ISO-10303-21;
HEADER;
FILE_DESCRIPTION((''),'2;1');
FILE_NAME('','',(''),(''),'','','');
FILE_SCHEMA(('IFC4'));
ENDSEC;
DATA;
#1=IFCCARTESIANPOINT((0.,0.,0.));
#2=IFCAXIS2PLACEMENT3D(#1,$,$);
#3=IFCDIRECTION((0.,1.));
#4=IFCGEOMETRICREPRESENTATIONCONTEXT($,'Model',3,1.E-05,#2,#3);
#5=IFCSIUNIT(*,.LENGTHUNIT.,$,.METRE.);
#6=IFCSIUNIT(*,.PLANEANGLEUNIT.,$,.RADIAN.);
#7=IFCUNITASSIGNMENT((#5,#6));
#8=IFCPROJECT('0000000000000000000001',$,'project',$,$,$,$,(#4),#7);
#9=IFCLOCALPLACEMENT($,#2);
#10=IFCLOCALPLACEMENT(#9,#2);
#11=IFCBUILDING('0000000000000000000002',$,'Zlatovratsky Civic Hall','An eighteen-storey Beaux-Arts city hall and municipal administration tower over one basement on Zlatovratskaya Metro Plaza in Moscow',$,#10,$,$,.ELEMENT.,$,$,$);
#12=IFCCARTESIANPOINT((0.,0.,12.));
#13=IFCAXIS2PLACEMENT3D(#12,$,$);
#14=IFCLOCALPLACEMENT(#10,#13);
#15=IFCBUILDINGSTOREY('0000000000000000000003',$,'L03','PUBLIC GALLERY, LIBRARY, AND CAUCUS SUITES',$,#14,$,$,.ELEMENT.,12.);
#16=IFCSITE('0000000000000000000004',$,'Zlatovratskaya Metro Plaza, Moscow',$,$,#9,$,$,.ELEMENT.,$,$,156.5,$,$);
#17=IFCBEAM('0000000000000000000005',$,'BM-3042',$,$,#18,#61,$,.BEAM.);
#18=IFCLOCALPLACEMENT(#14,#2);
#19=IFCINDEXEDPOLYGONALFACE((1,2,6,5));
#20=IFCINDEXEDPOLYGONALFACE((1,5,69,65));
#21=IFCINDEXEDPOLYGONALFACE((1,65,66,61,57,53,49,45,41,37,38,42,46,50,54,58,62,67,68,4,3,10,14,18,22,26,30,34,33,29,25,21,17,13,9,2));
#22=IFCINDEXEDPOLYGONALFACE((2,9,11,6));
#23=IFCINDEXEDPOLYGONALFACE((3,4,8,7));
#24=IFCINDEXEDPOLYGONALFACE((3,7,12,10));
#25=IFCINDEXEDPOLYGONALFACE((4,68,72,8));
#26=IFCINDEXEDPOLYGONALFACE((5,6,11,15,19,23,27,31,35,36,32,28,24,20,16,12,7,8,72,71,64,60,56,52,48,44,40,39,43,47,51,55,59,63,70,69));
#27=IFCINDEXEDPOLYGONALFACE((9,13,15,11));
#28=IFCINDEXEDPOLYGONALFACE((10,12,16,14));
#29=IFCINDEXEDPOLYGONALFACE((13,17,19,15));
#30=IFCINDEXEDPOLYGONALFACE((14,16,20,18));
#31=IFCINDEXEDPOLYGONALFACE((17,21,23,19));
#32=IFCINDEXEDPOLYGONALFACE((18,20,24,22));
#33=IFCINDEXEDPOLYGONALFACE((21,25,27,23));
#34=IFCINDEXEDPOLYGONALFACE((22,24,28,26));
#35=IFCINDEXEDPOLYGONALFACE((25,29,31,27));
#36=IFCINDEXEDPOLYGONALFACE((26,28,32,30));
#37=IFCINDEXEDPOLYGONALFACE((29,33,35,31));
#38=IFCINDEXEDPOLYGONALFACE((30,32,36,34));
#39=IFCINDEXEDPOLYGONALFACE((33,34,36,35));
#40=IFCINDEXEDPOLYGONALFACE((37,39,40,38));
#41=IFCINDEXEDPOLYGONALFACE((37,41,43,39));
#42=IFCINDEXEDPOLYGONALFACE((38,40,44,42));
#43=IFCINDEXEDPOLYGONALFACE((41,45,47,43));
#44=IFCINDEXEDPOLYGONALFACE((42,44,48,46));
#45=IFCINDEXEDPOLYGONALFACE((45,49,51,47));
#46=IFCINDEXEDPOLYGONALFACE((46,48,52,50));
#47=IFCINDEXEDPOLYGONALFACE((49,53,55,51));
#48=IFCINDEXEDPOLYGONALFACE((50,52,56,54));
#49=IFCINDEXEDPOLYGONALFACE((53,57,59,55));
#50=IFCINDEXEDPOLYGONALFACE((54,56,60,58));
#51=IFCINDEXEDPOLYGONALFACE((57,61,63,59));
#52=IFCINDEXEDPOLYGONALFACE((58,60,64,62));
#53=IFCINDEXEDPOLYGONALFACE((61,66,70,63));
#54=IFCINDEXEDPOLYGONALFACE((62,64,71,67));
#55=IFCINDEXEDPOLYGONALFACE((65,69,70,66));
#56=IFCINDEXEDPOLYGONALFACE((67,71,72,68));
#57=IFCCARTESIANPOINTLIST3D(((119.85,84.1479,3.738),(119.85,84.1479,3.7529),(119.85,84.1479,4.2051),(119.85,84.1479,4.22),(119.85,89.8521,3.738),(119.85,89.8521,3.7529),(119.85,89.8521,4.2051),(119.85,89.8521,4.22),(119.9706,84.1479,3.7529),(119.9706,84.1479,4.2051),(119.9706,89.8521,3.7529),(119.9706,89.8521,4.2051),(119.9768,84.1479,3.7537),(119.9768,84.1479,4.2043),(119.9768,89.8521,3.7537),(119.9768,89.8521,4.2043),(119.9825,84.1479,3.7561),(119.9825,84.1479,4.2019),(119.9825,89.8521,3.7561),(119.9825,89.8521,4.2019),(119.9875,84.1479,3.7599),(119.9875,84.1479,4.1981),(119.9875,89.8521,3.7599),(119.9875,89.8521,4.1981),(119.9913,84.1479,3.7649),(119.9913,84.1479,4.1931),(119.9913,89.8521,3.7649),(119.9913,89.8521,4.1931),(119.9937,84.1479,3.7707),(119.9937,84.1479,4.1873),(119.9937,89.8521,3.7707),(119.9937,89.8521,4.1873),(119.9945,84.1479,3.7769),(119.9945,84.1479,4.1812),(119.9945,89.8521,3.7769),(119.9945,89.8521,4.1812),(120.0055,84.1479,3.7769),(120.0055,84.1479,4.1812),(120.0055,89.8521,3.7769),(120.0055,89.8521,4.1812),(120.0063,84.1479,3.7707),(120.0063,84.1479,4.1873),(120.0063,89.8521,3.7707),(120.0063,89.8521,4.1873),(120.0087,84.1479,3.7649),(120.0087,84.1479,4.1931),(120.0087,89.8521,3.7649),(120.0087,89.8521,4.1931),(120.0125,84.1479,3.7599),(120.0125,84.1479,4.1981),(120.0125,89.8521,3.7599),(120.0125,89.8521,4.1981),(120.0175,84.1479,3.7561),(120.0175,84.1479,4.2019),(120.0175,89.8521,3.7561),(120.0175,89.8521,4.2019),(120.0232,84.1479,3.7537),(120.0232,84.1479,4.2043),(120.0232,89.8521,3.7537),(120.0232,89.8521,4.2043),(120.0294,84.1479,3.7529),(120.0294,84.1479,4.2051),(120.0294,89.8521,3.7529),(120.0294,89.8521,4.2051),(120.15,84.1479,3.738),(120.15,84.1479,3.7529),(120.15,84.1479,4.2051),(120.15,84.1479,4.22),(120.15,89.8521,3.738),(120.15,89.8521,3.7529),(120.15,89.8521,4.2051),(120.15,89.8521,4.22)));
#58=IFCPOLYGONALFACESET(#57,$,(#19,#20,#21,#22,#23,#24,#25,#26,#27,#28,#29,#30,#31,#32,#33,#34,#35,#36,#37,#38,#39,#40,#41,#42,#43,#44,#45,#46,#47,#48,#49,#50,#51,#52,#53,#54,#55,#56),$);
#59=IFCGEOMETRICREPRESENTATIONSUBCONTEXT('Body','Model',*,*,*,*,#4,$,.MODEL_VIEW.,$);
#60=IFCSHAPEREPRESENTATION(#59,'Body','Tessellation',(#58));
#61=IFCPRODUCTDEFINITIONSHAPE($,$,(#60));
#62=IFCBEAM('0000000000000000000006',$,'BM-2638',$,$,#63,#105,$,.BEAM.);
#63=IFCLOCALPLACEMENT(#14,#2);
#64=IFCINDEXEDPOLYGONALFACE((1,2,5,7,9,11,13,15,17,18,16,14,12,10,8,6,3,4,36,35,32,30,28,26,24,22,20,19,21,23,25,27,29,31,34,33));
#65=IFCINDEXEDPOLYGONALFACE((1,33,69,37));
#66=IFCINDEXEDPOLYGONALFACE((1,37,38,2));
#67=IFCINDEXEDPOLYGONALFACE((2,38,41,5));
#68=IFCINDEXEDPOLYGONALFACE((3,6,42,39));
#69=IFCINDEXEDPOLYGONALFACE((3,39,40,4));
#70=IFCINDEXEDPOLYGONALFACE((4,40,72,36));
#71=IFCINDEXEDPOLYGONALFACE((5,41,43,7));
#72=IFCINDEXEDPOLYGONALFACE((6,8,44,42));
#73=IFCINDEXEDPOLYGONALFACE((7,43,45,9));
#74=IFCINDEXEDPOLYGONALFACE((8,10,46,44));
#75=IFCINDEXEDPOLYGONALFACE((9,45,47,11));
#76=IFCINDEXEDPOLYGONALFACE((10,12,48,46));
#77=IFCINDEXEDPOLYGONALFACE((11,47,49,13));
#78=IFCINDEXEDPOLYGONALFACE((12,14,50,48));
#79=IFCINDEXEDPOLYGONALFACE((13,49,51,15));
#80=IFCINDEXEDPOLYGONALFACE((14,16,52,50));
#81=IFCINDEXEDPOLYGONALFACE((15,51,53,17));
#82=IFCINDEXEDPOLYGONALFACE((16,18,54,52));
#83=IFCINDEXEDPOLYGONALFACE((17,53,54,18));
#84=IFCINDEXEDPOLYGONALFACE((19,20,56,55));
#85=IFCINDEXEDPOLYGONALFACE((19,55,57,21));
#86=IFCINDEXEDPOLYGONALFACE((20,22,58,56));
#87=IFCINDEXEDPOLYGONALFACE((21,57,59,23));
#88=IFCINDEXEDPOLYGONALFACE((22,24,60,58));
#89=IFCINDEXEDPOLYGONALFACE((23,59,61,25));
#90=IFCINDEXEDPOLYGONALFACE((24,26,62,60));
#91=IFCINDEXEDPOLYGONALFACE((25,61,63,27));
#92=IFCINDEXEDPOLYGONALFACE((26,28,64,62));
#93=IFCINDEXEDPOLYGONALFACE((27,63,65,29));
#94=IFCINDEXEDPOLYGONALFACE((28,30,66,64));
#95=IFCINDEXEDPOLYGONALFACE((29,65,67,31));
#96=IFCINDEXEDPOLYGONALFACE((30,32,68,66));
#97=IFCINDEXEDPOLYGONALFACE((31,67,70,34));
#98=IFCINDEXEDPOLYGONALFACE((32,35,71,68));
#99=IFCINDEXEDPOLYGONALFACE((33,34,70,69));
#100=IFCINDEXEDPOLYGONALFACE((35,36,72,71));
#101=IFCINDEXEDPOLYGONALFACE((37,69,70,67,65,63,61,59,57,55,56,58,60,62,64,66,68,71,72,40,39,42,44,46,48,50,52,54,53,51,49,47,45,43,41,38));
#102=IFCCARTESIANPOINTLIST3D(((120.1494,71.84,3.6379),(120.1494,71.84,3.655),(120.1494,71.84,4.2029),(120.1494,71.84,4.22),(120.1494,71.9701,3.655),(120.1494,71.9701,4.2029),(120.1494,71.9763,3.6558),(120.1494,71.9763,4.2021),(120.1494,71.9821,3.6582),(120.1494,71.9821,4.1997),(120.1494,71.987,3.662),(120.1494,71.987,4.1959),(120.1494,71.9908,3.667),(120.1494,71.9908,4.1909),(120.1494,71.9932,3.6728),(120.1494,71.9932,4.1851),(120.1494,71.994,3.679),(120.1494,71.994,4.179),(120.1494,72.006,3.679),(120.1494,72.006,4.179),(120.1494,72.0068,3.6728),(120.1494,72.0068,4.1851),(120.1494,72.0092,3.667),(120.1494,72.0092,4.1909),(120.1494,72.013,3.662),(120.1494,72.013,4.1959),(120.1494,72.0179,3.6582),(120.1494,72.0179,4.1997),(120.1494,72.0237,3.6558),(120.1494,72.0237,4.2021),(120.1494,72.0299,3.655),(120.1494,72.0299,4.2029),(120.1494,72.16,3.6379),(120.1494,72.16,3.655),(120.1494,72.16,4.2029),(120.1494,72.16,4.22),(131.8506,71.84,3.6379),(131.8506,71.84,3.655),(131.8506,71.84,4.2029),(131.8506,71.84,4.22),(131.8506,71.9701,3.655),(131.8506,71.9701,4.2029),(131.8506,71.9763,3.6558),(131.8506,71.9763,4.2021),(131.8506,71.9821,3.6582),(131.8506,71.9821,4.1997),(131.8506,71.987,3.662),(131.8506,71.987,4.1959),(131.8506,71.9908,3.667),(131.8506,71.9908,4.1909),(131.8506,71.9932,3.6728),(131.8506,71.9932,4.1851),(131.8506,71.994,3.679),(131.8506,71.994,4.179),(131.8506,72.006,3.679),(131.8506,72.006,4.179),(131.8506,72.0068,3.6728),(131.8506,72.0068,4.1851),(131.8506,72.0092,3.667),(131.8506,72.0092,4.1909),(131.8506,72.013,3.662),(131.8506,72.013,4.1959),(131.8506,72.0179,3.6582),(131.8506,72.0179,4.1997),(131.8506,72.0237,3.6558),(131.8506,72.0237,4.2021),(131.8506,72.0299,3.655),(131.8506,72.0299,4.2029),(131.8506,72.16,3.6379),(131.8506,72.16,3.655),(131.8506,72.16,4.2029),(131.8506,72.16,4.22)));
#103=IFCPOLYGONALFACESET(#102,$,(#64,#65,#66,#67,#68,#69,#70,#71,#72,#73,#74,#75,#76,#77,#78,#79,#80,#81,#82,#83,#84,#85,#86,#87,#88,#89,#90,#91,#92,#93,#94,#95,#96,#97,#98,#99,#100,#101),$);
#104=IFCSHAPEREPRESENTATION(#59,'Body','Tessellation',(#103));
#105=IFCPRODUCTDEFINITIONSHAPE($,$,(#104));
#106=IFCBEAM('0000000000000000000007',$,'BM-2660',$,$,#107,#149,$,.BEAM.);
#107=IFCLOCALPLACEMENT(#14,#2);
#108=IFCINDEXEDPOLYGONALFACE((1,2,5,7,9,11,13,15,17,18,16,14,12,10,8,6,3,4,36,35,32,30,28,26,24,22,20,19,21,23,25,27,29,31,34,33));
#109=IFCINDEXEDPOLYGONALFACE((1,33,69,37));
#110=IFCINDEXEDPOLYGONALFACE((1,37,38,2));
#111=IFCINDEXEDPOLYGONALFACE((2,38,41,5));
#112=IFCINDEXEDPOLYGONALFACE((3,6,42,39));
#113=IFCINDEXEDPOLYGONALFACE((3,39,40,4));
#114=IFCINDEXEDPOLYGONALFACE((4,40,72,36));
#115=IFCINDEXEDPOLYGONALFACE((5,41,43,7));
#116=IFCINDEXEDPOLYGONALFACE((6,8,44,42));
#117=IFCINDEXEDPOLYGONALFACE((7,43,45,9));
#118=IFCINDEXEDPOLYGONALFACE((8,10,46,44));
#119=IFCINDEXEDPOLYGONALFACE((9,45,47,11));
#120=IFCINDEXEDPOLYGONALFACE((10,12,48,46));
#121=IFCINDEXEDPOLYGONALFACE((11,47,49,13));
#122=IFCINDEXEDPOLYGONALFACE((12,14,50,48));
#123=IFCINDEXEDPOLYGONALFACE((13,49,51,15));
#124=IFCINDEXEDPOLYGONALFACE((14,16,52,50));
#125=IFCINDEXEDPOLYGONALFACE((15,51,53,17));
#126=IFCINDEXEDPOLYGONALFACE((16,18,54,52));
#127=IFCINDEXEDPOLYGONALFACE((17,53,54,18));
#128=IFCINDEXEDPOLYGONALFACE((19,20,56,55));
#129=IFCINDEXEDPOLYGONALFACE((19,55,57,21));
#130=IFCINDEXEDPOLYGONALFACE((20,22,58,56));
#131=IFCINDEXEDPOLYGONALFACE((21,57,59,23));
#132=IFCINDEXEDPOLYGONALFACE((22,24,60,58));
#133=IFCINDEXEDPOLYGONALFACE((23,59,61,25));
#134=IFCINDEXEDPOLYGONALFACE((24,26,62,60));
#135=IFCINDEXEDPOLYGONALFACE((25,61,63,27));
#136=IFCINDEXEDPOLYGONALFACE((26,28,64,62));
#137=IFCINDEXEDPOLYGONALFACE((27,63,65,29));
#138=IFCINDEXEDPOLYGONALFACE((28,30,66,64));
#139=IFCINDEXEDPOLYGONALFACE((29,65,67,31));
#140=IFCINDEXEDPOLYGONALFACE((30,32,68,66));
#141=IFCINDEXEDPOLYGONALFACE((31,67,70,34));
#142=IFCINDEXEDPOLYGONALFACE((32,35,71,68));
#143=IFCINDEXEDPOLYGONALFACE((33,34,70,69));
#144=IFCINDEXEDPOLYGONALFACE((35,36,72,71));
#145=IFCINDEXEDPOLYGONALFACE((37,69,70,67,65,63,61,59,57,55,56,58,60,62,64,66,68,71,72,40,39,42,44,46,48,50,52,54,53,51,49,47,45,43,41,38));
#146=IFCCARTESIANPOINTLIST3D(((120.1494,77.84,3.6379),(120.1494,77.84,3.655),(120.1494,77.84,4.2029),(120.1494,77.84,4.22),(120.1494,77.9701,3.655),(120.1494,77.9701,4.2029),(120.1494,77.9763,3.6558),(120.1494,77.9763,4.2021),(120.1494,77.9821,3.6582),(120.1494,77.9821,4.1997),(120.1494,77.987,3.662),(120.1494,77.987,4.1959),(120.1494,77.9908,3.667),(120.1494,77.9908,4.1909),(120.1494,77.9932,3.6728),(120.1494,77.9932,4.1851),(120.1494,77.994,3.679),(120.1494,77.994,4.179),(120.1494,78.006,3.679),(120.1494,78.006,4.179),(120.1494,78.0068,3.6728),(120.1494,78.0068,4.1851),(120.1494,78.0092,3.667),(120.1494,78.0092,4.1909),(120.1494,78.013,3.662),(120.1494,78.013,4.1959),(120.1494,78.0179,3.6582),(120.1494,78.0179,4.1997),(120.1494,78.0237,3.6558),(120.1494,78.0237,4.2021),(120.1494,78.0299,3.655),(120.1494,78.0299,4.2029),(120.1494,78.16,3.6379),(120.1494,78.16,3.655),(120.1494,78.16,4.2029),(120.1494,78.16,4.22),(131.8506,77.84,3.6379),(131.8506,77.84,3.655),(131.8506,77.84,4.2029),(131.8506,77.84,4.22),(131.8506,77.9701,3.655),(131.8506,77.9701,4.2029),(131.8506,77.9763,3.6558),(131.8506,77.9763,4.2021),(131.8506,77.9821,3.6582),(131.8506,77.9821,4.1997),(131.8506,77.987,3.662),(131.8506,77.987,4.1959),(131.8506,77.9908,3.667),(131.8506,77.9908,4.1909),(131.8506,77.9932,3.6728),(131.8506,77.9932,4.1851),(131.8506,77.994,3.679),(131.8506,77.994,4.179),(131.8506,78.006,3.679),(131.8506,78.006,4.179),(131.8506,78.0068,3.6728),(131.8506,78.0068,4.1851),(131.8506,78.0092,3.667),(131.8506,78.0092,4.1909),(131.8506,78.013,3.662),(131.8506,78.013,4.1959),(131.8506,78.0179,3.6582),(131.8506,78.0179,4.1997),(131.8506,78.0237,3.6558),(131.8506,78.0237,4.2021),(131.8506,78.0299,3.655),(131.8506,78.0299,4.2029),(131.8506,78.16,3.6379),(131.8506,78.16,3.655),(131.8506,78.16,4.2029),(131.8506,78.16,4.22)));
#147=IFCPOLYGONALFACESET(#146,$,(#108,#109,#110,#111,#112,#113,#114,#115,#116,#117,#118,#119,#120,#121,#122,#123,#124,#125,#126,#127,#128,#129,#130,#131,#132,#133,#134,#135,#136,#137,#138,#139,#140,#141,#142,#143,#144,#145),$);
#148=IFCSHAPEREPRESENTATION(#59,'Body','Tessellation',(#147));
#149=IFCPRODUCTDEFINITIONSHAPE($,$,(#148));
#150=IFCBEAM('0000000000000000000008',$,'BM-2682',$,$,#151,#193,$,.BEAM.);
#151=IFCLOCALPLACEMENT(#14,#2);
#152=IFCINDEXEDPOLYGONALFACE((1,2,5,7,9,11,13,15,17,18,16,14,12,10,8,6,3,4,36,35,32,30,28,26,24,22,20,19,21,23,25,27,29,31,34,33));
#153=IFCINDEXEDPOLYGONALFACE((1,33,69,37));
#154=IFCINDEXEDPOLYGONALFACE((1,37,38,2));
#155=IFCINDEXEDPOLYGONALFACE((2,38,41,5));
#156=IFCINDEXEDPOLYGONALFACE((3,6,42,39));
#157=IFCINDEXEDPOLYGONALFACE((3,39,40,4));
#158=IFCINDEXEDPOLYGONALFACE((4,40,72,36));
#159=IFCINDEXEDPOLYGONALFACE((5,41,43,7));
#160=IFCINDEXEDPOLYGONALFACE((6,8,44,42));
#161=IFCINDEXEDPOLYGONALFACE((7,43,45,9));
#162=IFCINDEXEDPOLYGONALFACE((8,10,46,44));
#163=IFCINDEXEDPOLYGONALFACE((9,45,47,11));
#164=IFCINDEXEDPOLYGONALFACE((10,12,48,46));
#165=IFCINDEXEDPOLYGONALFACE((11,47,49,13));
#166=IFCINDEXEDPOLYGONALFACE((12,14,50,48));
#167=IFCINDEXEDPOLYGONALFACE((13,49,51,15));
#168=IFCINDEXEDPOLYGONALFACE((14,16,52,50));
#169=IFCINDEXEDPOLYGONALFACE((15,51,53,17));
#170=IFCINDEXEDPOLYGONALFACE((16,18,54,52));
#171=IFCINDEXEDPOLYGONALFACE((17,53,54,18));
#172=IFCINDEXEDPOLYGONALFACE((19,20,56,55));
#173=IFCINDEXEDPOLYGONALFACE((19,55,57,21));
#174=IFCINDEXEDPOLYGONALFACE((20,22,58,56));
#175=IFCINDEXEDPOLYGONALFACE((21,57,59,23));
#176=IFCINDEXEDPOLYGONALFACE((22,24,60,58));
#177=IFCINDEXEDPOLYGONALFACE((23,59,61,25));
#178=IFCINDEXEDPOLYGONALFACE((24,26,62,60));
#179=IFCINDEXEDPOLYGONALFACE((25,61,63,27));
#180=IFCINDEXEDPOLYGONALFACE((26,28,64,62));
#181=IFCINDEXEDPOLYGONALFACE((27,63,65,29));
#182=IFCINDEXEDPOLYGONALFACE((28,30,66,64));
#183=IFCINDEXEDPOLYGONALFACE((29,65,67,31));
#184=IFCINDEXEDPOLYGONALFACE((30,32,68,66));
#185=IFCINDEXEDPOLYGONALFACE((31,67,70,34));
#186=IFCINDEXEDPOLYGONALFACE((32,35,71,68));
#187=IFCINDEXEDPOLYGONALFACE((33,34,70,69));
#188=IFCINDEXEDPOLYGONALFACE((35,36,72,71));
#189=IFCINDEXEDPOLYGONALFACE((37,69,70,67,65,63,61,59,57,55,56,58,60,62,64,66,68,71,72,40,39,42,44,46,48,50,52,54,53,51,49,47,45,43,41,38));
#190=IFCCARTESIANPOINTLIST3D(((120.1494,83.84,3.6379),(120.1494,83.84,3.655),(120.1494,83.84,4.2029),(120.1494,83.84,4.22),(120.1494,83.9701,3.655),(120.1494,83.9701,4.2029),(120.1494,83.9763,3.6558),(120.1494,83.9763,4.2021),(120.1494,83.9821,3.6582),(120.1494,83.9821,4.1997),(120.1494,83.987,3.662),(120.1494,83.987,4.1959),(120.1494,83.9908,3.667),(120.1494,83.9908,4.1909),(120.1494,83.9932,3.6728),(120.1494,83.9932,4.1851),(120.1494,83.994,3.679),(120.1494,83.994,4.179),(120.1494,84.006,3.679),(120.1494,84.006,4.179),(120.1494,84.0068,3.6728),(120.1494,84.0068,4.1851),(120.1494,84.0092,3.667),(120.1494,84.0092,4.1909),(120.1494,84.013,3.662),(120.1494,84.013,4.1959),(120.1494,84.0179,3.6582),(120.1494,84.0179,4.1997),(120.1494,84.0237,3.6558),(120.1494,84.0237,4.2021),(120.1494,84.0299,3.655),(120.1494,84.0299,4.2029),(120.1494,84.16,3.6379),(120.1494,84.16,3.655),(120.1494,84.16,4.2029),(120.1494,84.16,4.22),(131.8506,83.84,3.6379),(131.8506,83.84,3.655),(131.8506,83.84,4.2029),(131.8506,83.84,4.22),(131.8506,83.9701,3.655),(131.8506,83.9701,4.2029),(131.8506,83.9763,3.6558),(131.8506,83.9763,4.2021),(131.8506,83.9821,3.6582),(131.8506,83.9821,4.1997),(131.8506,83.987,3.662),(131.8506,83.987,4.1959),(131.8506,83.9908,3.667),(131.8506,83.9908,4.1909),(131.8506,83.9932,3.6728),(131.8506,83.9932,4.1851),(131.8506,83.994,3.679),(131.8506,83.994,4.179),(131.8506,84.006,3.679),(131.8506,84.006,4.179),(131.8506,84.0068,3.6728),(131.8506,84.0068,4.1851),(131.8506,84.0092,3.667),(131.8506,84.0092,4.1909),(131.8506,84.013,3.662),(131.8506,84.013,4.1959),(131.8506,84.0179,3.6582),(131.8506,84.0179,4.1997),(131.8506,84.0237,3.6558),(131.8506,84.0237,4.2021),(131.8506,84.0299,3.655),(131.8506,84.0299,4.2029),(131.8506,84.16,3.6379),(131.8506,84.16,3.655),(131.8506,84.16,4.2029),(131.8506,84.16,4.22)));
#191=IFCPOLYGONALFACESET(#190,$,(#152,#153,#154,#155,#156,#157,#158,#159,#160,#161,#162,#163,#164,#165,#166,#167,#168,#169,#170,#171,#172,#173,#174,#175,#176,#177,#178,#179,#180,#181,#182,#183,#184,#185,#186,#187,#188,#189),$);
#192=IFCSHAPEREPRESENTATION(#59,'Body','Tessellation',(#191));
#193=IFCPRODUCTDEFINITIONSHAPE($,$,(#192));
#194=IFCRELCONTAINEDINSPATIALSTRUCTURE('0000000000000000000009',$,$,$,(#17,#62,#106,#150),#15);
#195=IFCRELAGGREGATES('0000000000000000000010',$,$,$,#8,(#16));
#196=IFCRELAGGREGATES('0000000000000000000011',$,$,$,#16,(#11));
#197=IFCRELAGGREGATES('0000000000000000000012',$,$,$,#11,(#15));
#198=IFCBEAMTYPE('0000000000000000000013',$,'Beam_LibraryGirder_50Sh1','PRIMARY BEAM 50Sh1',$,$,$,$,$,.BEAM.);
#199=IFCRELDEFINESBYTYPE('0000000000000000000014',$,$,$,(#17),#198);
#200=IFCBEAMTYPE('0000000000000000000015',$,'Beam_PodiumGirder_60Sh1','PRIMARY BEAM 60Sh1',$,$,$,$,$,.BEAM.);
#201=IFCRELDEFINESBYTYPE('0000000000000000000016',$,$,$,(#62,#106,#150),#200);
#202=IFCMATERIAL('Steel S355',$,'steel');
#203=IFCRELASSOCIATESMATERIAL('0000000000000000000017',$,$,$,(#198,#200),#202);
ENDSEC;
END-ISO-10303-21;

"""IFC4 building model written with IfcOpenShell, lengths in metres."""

from ifc_helpers import new_model, si_unit, direction, frame, origin, origin_2d, place, context, subcontext, project, spatial, i_section, extrude, material, material_profile, profile_set, type_object, element, save


model = new_model("IFC4")

# Units and contexts
model_context = context("Model", 3, precision=1e-05, world=origin(), true_north=direction((0.0, 1.0)))
body_context = subcontext(model_context, "Body", "Model", "MODEL_VIEW")
ifc_project = project(units=[si_unit("LENGTHUNIT", "METRE"), si_unit("PLANEANGLEUNIT", "RADIAN")], contexts=[model_context])

# Site, building, storey
site_placement = place(None, origin())
site = spatial("IfcSite", under=ifc_project, at=site_placement, Name="Zlatovratskaya Metro Plaza, Moscow", CompositionType="ELEMENT", RefElevation=156.5)
building_placement = place(site_placement, origin())
building = spatial("IfcBuilding", under=site, at=building_placement, Name="Zlatovratsky Civic Hall", Description="An eighteen-storey Beaux-Arts city hall and municipal administration tower over one basement on Zlatovratskaya Metro Plaza in Moscow", CompositionType="ELEMENT")
storey_placement = place(building_placement, frame((0.0, 0.0, 12.0)))
storey = spatial("IfcBuildingStorey", under=building, at=storey_placement, Name="L03", Description="PUBLIC GALLERY, LIBRARY, AND CAUCUS SUITES", CompositionType="ELEMENT", Elevation=12.0)

# Shared definitions
ifc_material_1 = material(Name="Steel S355", Category="steel")

# Beams
ifc_material_profile_1 = material_profile(ifc_material_1, i_section(OverallWidth=0.3, OverallDepth=0.4819, WebThickness=0.011, FlangeThickness=0.0149, FilletRadius=0.0239, at=origin_2d()), Name="50Sh1")
ifc_profile_set_1 = profile_set([ifc_material_profile_1], Name="Steel S355")
beam_type_1 = type_object("IfcBeamType", Name="Beam_LibraryGirder_50Sh1", Description="PRIMARY BEAM 50Sh1", PredefinedType="BEAM", material=ifc_profile_set_1)
for number, where, z_axis, x_axis, name in (
    (1, (120.0, 84.1479, 3.979), (0.0, 1.0, 0.0), (-1.0, 0.0, 0.0), "BM-3042"),
):
    element("IfcBeam", number, at=place(storey_placement, frame(where, z_axis=z_axis, x_axis=x_axis)), inside=storey, type_object=beam_type_1, Name=name, PredefinedType="BEAM", context=body_context, shape_type="SweptSolid", body=[
        extrude(i_section(OverallWidth=0.3, OverallDepth=0.4819, WebThickness=0.011, FlangeThickness=0.0149, FilletRadius=0.0239, at=origin_2d()), origin(), (0.0, 0.0, 1.0), 5.7041),
    ])
ifc_material_profile_2 = material_profile(ifc_material_1, i_section(OverallWidth=0.3201, OverallDepth=0.582, WebThickness=0.012, FlangeThickness=0.0171, FilletRadius=0.0239, at=origin_2d()), Name="60Sh1")
ifc_profile_set_2 = profile_set([ifc_material_profile_2], Name="Steel S355")
beam_type_2 = type_object("IfcBeamType", Name="Beam_PodiumGirder_60Sh1", Description="PRIMARY BEAM 60Sh1", PredefinedType="BEAM", material=ifc_profile_set_2)
for number, where, z_axis, x_axis, name in (
    (2, (120.1494, 72.0, 3.929), (1.0, 0.0, 0.0), (0.0, 1.0, 0.0), "BM-2638"),
    (3, (120.1494, 78.0, 3.929), (1.0, 0.0, 0.0), (0.0, 1.0, 0.0), "BM-2660"),
    (4, (120.1494, 84.0, 3.929), (1.0, 0.0, 0.0), (0.0, 1.0, 0.0), "BM-2682"),
):
    element("IfcBeam", number, at=place(storey_placement, frame(where, z_axis=z_axis, x_axis=x_axis)), inside=storey, type_object=beam_type_2, Name=name, PredefinedType="BEAM", context=body_context, shape_type="SweptSolid", body=[
        extrude(i_section(OverallWidth=0.3201, OverallDepth=0.582, WebThickness=0.012, FlangeThickness=0.0171, FilletRadius=0.0239, at=origin_2d()), origin(), (0.0, 0.0, 1.0), 11.7012),
    ])

save(model, "model.ifc")
